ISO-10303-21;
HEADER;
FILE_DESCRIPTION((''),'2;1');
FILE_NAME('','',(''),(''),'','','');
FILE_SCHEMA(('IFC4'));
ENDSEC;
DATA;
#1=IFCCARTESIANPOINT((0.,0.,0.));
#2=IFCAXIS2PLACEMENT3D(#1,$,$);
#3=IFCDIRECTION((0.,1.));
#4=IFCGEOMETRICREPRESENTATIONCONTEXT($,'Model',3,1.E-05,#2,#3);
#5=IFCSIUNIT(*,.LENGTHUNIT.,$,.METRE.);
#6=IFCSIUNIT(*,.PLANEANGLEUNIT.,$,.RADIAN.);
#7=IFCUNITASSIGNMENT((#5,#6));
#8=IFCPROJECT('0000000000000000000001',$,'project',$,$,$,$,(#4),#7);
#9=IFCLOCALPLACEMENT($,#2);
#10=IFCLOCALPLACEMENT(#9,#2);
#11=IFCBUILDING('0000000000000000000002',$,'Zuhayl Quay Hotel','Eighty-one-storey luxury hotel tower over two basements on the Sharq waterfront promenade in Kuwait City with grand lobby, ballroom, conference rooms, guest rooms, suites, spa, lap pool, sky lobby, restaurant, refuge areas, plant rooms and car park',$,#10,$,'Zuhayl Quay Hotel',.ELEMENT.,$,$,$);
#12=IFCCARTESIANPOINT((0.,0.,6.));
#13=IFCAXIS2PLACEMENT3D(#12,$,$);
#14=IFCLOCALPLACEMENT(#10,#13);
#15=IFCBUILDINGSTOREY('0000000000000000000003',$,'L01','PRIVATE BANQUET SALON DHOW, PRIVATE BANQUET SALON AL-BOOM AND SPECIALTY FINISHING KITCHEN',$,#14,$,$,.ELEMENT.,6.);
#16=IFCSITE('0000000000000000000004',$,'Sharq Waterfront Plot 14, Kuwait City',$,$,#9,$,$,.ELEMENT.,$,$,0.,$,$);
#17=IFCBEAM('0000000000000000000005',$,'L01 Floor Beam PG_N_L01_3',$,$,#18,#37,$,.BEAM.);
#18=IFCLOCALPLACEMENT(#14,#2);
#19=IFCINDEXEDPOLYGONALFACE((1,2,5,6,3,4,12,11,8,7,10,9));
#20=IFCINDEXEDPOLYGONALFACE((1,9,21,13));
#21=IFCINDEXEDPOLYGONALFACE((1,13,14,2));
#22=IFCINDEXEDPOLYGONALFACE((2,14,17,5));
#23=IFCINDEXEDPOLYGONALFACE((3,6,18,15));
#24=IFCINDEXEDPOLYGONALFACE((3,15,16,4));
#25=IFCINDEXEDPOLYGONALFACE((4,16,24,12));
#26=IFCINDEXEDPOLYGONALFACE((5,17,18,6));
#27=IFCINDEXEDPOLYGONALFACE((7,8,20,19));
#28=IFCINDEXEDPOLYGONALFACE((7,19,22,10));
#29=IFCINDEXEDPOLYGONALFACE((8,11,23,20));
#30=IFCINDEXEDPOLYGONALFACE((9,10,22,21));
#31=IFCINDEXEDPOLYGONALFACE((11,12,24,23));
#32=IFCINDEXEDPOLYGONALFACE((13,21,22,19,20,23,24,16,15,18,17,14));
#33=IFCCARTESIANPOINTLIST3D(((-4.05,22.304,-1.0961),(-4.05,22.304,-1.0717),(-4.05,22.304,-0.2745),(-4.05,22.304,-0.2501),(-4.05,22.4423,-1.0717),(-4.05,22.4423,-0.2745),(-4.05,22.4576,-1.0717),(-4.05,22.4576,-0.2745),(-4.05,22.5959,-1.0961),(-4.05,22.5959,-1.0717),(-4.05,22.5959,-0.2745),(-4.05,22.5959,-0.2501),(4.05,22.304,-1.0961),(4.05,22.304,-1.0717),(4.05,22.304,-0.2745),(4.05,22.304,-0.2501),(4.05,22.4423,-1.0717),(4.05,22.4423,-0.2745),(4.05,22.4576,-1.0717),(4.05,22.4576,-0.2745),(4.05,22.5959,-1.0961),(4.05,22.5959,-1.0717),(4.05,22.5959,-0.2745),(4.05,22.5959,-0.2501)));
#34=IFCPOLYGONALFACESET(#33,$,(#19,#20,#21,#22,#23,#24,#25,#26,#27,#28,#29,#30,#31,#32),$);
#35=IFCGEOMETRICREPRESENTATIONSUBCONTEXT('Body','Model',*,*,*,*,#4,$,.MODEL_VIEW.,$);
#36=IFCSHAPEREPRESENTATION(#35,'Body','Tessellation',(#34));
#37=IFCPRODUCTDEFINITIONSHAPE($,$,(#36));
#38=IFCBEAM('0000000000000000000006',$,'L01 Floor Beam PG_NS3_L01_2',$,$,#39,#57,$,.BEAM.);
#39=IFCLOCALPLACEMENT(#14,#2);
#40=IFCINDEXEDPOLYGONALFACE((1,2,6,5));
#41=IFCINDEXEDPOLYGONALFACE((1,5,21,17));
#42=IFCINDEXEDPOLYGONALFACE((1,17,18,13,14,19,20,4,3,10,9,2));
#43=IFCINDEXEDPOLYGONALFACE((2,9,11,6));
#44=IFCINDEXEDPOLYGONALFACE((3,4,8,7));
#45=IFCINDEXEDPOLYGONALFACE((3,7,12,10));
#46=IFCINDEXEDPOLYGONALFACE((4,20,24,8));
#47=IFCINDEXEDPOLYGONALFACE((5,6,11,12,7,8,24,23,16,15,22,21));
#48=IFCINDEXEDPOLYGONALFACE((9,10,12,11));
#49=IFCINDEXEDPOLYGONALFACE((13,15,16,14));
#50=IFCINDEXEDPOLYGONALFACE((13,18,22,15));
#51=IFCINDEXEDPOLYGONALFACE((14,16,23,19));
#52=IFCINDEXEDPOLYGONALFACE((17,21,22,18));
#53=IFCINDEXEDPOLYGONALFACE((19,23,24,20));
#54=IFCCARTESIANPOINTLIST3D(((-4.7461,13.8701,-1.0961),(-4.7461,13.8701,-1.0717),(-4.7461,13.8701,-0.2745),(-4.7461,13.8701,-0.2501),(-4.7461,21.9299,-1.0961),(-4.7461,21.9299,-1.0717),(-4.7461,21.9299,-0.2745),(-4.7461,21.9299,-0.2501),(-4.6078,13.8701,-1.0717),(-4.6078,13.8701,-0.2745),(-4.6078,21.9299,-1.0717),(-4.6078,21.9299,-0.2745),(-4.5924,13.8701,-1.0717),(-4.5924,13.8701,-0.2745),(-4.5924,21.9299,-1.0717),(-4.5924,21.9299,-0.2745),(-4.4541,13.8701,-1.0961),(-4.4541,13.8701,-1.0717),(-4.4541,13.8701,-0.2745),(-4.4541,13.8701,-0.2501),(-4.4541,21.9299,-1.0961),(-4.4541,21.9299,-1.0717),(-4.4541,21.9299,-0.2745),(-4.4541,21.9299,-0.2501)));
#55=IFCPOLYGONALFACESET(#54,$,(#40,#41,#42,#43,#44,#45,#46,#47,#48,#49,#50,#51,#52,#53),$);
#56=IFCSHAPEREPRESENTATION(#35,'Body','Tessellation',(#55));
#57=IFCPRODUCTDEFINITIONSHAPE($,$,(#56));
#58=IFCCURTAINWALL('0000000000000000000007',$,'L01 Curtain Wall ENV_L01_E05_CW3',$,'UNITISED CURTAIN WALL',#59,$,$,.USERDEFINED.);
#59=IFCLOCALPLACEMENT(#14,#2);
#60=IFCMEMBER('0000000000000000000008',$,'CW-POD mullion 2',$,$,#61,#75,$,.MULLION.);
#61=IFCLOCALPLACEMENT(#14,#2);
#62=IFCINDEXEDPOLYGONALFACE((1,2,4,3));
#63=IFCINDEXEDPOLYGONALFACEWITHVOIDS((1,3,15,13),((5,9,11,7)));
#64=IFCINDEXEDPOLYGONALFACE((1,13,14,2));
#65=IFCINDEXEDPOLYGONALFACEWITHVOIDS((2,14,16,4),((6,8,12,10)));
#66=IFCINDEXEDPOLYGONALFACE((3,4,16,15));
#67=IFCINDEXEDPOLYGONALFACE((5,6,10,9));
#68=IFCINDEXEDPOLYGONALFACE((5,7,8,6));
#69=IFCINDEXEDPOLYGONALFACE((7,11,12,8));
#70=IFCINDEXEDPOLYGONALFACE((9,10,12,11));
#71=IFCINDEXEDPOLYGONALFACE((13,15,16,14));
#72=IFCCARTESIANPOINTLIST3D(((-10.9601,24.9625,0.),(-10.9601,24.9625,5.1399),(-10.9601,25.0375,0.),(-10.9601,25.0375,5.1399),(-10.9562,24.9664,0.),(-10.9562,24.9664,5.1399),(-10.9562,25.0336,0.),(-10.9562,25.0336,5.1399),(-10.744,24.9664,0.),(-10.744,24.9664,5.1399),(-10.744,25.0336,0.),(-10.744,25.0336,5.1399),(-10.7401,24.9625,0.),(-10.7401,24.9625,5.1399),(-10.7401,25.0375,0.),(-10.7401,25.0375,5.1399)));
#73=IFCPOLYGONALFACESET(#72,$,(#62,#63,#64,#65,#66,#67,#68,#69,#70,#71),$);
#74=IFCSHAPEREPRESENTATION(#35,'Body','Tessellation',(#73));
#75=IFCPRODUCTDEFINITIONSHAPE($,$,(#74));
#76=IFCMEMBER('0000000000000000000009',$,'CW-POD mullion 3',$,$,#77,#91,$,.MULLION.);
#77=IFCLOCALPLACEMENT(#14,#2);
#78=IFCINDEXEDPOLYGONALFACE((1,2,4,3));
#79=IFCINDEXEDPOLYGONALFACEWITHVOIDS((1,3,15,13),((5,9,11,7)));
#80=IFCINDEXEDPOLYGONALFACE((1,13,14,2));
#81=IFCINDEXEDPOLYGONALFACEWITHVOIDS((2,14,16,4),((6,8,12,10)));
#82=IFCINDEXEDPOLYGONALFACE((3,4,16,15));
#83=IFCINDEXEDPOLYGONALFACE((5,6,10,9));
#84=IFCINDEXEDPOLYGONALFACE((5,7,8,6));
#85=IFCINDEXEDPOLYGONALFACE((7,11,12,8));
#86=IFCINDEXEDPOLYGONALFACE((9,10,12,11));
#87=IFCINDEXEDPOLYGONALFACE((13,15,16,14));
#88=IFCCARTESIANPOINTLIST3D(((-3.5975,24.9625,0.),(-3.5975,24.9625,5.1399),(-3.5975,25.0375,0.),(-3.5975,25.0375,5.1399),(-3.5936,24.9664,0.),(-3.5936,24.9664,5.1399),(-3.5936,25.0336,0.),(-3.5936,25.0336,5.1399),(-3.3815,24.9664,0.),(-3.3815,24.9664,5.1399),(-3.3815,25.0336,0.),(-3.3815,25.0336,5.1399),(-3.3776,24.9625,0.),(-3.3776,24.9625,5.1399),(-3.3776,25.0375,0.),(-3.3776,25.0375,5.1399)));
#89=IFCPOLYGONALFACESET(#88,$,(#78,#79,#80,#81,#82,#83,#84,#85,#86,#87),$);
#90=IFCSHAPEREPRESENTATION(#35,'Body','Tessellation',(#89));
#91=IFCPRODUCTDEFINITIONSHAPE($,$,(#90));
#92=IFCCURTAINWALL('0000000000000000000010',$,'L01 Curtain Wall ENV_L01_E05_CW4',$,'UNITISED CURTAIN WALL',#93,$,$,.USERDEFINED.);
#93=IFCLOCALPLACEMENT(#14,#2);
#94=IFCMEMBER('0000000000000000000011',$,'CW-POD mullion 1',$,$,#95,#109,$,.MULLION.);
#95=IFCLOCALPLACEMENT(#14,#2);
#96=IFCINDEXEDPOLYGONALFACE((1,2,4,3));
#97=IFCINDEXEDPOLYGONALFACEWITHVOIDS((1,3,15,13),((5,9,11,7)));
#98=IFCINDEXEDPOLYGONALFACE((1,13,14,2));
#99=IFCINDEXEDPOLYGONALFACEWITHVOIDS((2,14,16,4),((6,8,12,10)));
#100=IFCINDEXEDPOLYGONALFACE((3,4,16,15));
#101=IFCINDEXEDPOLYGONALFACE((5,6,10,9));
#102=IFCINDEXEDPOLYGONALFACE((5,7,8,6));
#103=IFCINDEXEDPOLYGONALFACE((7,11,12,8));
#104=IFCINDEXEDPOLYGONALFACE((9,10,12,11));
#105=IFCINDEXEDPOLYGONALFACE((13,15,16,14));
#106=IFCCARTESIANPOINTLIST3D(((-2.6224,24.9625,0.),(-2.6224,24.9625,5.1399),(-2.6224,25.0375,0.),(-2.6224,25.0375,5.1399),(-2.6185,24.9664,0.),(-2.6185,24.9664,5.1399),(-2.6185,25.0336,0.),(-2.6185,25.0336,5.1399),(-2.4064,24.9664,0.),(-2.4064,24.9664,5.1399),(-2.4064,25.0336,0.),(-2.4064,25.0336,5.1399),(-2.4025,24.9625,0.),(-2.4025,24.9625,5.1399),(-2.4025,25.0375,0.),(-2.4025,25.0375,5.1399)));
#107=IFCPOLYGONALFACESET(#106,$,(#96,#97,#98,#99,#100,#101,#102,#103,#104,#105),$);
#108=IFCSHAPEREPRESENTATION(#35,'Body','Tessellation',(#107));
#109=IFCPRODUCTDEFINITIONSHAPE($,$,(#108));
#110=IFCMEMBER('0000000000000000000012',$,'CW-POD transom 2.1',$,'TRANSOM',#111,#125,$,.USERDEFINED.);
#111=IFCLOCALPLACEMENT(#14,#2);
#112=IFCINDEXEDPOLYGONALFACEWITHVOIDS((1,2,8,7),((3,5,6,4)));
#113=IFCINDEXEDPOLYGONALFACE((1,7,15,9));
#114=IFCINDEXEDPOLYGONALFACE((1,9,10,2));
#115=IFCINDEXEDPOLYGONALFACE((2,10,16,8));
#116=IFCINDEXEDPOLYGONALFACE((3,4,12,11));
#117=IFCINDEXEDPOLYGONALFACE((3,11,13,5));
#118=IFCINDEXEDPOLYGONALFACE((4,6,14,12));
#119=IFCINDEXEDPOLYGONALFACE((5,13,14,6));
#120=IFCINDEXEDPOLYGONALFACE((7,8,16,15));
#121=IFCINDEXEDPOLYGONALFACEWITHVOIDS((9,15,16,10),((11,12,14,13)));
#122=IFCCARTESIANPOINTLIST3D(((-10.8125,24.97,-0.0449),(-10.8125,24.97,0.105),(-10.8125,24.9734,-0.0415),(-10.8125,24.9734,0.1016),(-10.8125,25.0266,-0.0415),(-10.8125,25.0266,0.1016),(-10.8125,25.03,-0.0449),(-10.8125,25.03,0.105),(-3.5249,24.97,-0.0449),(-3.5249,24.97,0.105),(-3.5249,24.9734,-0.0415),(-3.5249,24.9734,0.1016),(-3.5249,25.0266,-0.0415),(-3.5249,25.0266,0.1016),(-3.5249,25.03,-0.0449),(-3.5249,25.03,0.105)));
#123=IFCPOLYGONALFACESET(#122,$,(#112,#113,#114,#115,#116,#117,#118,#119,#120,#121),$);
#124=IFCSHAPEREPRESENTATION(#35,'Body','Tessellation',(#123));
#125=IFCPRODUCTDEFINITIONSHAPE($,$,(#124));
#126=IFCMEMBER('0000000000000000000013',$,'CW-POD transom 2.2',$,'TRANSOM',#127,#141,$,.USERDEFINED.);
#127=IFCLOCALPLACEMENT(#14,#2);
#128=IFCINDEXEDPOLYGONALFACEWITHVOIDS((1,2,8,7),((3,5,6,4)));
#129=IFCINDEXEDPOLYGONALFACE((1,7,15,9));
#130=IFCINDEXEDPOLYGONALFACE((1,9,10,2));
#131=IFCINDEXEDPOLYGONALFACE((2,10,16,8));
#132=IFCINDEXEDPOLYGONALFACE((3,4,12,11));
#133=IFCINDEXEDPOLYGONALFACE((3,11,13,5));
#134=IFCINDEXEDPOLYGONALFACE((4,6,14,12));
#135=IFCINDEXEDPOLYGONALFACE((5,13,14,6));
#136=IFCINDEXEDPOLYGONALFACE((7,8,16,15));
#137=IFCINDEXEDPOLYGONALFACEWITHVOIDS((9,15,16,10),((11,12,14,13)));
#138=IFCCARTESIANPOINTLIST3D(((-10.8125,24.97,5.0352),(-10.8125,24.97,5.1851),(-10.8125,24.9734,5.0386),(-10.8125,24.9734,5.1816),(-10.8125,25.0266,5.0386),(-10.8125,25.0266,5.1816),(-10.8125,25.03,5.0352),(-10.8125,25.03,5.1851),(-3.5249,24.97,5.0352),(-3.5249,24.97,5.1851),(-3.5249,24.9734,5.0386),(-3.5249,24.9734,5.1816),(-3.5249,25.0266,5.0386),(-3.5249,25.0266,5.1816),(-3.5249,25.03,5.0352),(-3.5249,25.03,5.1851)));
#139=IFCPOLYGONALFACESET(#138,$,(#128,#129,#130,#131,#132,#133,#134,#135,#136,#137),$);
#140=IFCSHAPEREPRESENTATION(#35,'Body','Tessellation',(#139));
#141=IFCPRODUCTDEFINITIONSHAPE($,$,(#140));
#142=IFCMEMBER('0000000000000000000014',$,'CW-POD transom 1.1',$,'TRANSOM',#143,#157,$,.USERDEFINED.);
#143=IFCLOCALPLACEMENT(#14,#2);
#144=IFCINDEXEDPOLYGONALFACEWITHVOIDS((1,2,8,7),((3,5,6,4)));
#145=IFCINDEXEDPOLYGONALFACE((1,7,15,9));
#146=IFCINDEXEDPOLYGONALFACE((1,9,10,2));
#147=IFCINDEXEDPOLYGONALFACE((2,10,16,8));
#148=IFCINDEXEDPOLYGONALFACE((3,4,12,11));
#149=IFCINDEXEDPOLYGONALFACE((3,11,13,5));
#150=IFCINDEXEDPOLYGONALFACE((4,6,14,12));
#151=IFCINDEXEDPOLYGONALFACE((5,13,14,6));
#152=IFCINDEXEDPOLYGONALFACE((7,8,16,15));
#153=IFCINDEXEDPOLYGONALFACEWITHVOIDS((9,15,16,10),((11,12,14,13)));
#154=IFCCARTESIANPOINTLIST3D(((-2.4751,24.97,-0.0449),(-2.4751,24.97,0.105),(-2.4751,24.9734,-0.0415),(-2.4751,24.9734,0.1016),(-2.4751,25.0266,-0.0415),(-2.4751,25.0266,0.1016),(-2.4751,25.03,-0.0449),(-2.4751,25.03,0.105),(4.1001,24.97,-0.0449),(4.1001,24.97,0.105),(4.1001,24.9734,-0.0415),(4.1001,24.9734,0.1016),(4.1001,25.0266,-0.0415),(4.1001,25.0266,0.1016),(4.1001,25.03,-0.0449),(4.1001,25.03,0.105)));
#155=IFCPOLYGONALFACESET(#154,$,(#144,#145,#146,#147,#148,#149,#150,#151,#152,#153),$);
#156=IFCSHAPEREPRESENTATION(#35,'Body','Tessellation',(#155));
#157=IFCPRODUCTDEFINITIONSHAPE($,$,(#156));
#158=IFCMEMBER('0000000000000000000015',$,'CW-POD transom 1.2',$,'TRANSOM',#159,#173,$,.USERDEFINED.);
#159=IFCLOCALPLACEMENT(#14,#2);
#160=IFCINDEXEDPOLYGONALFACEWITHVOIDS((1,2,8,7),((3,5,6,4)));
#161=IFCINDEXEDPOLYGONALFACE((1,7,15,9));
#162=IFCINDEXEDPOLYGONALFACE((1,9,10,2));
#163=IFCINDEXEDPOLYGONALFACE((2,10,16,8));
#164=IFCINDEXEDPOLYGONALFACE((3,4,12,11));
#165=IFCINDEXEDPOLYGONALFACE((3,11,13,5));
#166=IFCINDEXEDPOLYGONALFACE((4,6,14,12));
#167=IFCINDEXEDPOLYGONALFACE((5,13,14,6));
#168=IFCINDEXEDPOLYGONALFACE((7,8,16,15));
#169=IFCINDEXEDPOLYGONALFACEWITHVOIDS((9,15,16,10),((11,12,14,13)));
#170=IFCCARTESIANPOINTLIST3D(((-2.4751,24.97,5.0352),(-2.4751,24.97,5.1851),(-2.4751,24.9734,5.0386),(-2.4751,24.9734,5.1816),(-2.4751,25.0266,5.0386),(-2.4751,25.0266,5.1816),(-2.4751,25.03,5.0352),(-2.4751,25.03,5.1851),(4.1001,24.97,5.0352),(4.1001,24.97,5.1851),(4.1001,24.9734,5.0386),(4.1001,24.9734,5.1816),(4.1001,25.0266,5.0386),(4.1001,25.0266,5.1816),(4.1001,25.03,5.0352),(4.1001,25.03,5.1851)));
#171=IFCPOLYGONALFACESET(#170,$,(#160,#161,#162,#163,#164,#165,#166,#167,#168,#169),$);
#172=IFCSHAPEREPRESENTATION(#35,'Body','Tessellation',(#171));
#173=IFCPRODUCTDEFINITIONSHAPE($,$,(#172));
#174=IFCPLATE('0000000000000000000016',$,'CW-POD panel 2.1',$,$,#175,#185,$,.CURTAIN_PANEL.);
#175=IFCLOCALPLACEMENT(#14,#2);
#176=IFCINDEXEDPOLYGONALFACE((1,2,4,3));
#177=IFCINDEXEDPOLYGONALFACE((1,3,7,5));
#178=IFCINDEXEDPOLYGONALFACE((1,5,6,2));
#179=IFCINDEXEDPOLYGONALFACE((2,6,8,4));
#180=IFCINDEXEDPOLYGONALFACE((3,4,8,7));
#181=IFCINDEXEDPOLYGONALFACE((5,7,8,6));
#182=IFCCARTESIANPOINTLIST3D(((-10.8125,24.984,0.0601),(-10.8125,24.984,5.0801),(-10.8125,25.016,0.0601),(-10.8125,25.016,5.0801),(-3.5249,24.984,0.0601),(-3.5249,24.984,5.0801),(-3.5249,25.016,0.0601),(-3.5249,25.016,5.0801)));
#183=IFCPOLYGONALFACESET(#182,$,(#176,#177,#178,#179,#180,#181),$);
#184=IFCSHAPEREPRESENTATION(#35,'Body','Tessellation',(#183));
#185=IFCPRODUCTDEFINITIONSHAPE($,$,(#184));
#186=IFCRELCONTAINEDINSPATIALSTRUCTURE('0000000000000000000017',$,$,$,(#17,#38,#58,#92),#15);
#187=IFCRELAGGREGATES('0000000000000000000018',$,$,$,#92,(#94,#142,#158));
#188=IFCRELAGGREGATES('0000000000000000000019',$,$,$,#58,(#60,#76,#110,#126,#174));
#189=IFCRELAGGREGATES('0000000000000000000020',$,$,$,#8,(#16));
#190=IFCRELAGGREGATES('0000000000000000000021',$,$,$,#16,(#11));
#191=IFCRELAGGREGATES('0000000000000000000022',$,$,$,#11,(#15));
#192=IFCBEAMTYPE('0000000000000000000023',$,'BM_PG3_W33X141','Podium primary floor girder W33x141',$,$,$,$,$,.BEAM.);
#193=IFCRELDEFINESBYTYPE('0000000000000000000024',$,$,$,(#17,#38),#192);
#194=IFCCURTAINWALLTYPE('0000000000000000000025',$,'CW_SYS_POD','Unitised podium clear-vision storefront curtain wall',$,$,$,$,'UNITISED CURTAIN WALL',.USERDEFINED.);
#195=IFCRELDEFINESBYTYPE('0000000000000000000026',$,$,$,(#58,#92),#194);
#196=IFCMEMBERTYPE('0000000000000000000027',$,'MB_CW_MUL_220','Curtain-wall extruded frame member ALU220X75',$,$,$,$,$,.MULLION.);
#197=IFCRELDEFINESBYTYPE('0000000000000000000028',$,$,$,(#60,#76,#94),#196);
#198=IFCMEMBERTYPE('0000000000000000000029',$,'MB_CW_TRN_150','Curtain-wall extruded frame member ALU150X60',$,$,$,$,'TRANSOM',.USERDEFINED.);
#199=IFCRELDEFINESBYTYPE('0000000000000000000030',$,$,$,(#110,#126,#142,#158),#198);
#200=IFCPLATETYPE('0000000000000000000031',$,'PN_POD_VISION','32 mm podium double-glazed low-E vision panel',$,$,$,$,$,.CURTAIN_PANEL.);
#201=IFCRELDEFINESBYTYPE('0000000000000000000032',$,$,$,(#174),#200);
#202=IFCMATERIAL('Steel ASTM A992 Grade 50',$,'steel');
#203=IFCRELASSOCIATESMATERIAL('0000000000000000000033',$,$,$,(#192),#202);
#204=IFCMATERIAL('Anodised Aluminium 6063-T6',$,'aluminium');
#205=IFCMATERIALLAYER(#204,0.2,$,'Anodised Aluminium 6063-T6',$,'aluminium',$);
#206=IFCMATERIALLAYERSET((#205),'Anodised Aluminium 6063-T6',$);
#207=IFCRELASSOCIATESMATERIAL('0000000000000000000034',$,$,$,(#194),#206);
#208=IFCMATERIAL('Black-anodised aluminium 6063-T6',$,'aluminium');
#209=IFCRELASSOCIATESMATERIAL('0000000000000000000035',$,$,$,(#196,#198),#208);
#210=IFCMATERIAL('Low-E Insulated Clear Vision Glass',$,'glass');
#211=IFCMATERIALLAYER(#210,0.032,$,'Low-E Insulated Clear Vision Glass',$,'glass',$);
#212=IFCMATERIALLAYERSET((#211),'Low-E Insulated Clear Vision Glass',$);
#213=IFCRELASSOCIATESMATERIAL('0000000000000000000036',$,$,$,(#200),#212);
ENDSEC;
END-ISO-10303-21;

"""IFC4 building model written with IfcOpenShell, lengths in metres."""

from ifc_helpers import new_model, si_unit, direction, frame, origin, origin_2d, place, context, subcontext, project, spatial, rectangle, hollow_rectangle, i_section, extrude, material, layer, layer_set, material_profile, profile_set, type_object, element, aggregate, save


model = new_model("IFC4")

# Units and contexts
model_context = context("Model", 3, precision=1e-05, world=origin(), true_north=direction((0.0, 1.0)))
body_context = subcontext(model_context, "Body", "Model", "MODEL_VIEW")
ifc_project = project(units=[si_unit("LENGTHUNIT", "METRE"), si_unit("PLANEANGLEUNIT", "RADIAN")], contexts=[model_context])

# Site, building, storey
site_placement = place(None, origin())
site = spatial("IfcSite", under=ifc_project, at=site_placement, Name="Sharq Waterfront Plot 14, Kuwait City", CompositionType="ELEMENT", RefElevation=0.0)
building_placement = place(site_placement, origin())
building = spatial("IfcBuilding", under=site, at=building_placement, Name="Zuhayl Quay Hotel", Description="Eighty-one-storey luxury hotel tower over two basements on the Sharq waterfront promenade in Kuwait City with grand lobby, ballroom, conference rooms, guest rooms, suites, spa, lap pool, sky lobby, restaurant, refuge areas, plant rooms and car park", LongName="Zuhayl Quay Hotel", CompositionType="ELEMENT")
storey_placement = place(building_placement, frame((0.0, 0.0, 6.0)))
storey = spatial("IfcBuildingStorey", under=building, at=storey_placement, Name="L01", Description="PRIVATE BANQUET SALON DHOW, PRIVATE BANQUET SALON AL-BOOM AND SPECIALTY FINISHING KITCHEN", CompositionType="ELEMENT", Elevation=6.0)

# Beams
ifc_material_1 = material(Name="Steel ASTM A992 Grade 50", Category="steel")
ifc_material_profile_1 = material_profile(ifc_material_1, i_section(OverallWidth=0.292, OverallDepth=0.8459, WebThickness=0.0154, FlangeThickness=0.0244, at=origin_2d()), Name="W33X141")
ifc_profile_set_1 = profile_set([ifc_material_profile_1], Name="Steel ASTM A992 Grade 50")
beam_type_1 = type_object("IfcBeamType", Name="BM_PG3_W33X141", Description="Podium primary floor girder W33x141", PredefinedType="BEAM", material=ifc_profile_set_1)
for number, where, z_axis, x_axis, name in (
    (1, (-4.05, 22.45, -0.6731), (1.0, 0.0, 0.0), (0.0, 1.0, 0.0), "L01 Floor Beam PG_N_L01_3"),
):
    element("IfcBeam", number, at=place(storey_placement, frame(where, z_axis=z_axis, x_axis=x_axis)), inside=storey, type_object=beam_type_1, Name=name, PredefinedType="BEAM", context=body_context, shape_type="SweptSolid", body=[
        extrude(i_section(OverallWidth=0.292, OverallDepth=0.8459, WebThickness=0.0154, FlangeThickness=0.0244, at=origin_2d()), origin(), (0.0, 0.0, 1.0), 8.1001),
    ])
beam_1_placement = place(storey_placement, frame((-4.6001, 13.8701, -0.6731), z_axis=(0.0, 1.0, 0.0), x_axis=(-1.0, 0.0, 0.0)))
element("IfcBeam", 2, at=beam_1_placement, inside=storey, type_object=beam_type_1, Name="L01 Floor Beam PG_NS3_L01_2", PredefinedType="BEAM", context=body_context, shape_type="SweptSolid", body=[
    extrude(i_section(OverallWidth=0.292, OverallDepth=0.8459, WebThickness=0.0154, FlangeThickness=0.0244, at=origin_2d()), origin(), (0.0, 0.0, 1.0), 8.0598),
])

# Curtain wall, members
ifc_material_2 = material(Name="Anodised Aluminium 6063-T6", Category="aluminium")
ifc_layer_1 = layer(ifc_material_2, 0.2, Name="Anodised Aluminium 6063-T6", Category="aluminium")
ifc_layer_set_1 = layer_set([ifc_layer_1], Name="Anodised Aluminium 6063-T6")
curtain_wall_type = type_object("IfcCurtainWallType", Name="CW_SYS_POD", Description="Unitised podium clear-vision storefront curtain wall", ElementType="UNITISED CURTAIN WALL", PredefinedType="USERDEFINED", material=ifc_layer_set_1)
curtain_wall_1_placement = place(storey_placement, origin())
curtain_wall_1 = element("IfcCurtainWall", 3, at=curtain_wall_1_placement, inside=storey, type_object=curtain_wall_type, Name="L01 Curtain Wall ENV_L01_E05_CW3", ObjectType="UNITISED CURTAIN WALL", PredefinedType="USERDEFINED")
ifc_material_3 = material(Name="Black-anodised aluminium 6063-T6", Category="aluminium")
ifc_material_profile_2 = material_profile(ifc_material_3, hollow_rectangle(XDim=0.075, YDim=0.22, WallThickness=0.0039, at=origin_2d()), Name="ALU220X75")
ifc_profile_set_2 = profile_set([ifc_material_profile_2], Name="Black-anodised aluminium 6063-T6")
member_type_1 = type_object("IfcMemberType", Name="MB_CW_MUL_220", Description="Curtain-wall extruded frame member ALU220X75", PredefinedType="MULLION", material=ifc_profile_set_2)
member_1_placement = place(storey_placement, frame((-10.8501, 25.0, 0.0), z_axis=(0.0, 0.0, 1.0), x_axis=(0.0, 1.0, 0.0)))
member_1 = element("IfcMember", 4, at=member_1_placement, type_object=member_type_1, Name="CW-POD mullion 2", PredefinedType="MULLION", context=body_context, shape_type="SweptSolid", body=[
    extrude(hollow_rectangle(XDim=0.075, YDim=0.22, WallThickness=0.0039, at=origin_2d()), origin(), (0.0, 0.0, 1.0), 5.1399),
])
member_2_placement = place(storey_placement, frame((-3.4875, 25.0, 0.0), z_axis=(0.0, 0.0, 1.0), x_axis=(0.0, 1.0, 0.0)))
member_2 = element("IfcMember", 5, at=member_2_placement, type_object=member_type_1, Name="CW-POD mullion 3", PredefinedType="MULLION", context=body_context, shape_type="SweptSolid", body=[
    extrude(hollow_rectangle(XDim=0.075, YDim=0.22, WallThickness=0.0039, at=origin_2d()), origin(), (0.0, 0.0, 1.0), 5.1399),
])

# Curtain wall, member
curtain_wall_2_placement = place(storey_placement, origin())
curtain_wall_2 = element("IfcCurtainWall", 6, at=curtain_wall_2_placement, inside=storey, type_object=curtain_wall_type, Name="L01 Curtain Wall ENV_L01_E05_CW4", ObjectType="UNITISED CURTAIN WALL", PredefinedType="USERDEFINED")
member_3_placement = place(storey_placement, frame((-2.5125, 25.0, 0.0), z_axis=(0.0, 0.0, 1.0), x_axis=(0.0, 1.0, 0.0)))
member_3 = element("IfcMember", 7, at=member_3_placement, type_object=member_type_1, Name="CW-POD mullion 1", PredefinedType="MULLION", context=body_context, shape_type="SweptSolid", body=[
    extrude(hollow_rectangle(XDim=0.075, YDim=0.22, WallThickness=0.0039, at=origin_2d()), origin(), (0.0, 0.0, 1.0), 5.1399),
])

# Members
ifc_material_profile_3 = material_profile(ifc_material_3, hollow_rectangle(XDim=0.0601, YDim=0.1499, WallThickness=0.0034, at=origin_2d()), Name="ALU150X60")
ifc_profile_set_3 = profile_set([ifc_material_profile_3], Name="Black-anodised aluminium 6063-T6")
member_type_2 = type_object("IfcMemberType", Name="MB_CW_TRN_150", Description="Curtain-wall extruded frame member ALU150X60", ElementType="TRANSOM", PredefinedType="USERDEFINED", material=ifc_profile_set_3)
member_4_placement = place(storey_placement, frame((-10.8125, 25.0, 0.03), z_axis=(1.0, 0.0, 0.0), x_axis=(0.0, 1.0, 0.0)))
member_4 = element("IfcMember", 8, at=member_4_placement, type_object=member_type_2, Name="CW-POD transom 2.1", ObjectType="TRANSOM", PredefinedType="USERDEFINED", context=body_context, shape_type="SweptSolid", body=[
    extrude(hollow_rectangle(XDim=0.0601, YDim=0.1499, WallThickness=0.0034, at=origin_2d()), origin(), (0.0, 0.0, 1.0), 7.2876),
])
member_5_placement = place(storey_placement, frame((-10.8125, 25.0, 5.1101), z_axis=(1.0, 0.0, 0.0), x_axis=(0.0, 1.0, 0.0)))
member_5 = element("IfcMember", 9, at=member_5_placement, type_object=member_type_2, Name="CW-POD transom 2.2", ObjectType="TRANSOM", PredefinedType="USERDEFINED", context=body_context, shape_type="SweptSolid", body=[
    extrude(hollow_rectangle(XDim=0.0601, YDim=0.1499, WallThickness=0.0034, at=origin_2d()), origin(), (0.0, 0.0, 1.0), 7.2876),
])
member_6_placement = place(storey_placement, frame((-2.4751, 25.0, 0.03), z_axis=(1.0, 0.0, 0.0), x_axis=(0.0, 1.0, 0.0)))
member_6 = element("IfcMember", 10, at=member_6_placement, type_object=member_type_2, Name="CW-POD transom 1.1", ObjectType="TRANSOM", PredefinedType="USERDEFINED", context=body_context, shape_type="SweptSolid", body=[
    extrude(hollow_rectangle(XDim=0.0601, YDim=0.1499, WallThickness=0.0034, at=origin_2d()), origin(), (0.0, 0.0, 1.0), 6.5752),
])
member_7_placement = place(storey_placement, frame((-2.4751, 25.0, 5.1101), z_axis=(1.0, 0.0, 0.0), x_axis=(0.0, 1.0, 0.0)))
member_7 = element("IfcMember", 11, at=member_7_placement, type_object=member_type_2, Name="CW-POD transom 1.2", ObjectType="TRANSOM", PredefinedType="USERDEFINED", context=body_context, shape_type="SweptSolid", body=[
    extrude(hollow_rectangle(XDim=0.0601, YDim=0.1499, WallThickness=0.0034, at=origin_2d()), origin(), (0.0, 0.0, 1.0), 6.5752),
])
aggregate(curtain_wall_2, [member_3, member_6, member_7])

# Plate
ifc_material_4 = material(Name="Low-E Insulated Clear Vision Glass", Category="glass")
ifc_layer_2 = layer(ifc_material_4, 0.032, Name="Low-E Insulated Clear Vision Glass", Category="glass")
ifc_layer_set_2 = layer_set([ifc_layer_2], Name="Low-E Insulated Clear Vision Glass")
plate_type = type_object("IfcPlateType", Name="PN_POD_VISION", Description="32 mm podium double-glazed low-E vision panel", PredefinedType="CURTAIN_PANEL", material=ifc_layer_set_2)
plate_placement = place(storey_placement, frame((-7.1687, 25.0, 0.0601), z_axis=(0.0, 0.0, 1.0), x_axis=(1.0, 0.0, 0.0)))
plate = element("IfcPlate", 12, at=plate_placement, type_object=plate_type, Name="CW-POD panel 2.1", PredefinedType="CURTAIN_PANEL", context=body_context, shape_type="SweptSolid", body=[
    extrude(rectangle(XDim=7.2876, YDim=0.032, at=origin_2d()), origin(), (0.0, 0.0, 1.0), 5.02),
])
aggregate(curtain_wall_1, [member_1, member_2, member_4, member_5, plate])

save(model, "model.ifc")
